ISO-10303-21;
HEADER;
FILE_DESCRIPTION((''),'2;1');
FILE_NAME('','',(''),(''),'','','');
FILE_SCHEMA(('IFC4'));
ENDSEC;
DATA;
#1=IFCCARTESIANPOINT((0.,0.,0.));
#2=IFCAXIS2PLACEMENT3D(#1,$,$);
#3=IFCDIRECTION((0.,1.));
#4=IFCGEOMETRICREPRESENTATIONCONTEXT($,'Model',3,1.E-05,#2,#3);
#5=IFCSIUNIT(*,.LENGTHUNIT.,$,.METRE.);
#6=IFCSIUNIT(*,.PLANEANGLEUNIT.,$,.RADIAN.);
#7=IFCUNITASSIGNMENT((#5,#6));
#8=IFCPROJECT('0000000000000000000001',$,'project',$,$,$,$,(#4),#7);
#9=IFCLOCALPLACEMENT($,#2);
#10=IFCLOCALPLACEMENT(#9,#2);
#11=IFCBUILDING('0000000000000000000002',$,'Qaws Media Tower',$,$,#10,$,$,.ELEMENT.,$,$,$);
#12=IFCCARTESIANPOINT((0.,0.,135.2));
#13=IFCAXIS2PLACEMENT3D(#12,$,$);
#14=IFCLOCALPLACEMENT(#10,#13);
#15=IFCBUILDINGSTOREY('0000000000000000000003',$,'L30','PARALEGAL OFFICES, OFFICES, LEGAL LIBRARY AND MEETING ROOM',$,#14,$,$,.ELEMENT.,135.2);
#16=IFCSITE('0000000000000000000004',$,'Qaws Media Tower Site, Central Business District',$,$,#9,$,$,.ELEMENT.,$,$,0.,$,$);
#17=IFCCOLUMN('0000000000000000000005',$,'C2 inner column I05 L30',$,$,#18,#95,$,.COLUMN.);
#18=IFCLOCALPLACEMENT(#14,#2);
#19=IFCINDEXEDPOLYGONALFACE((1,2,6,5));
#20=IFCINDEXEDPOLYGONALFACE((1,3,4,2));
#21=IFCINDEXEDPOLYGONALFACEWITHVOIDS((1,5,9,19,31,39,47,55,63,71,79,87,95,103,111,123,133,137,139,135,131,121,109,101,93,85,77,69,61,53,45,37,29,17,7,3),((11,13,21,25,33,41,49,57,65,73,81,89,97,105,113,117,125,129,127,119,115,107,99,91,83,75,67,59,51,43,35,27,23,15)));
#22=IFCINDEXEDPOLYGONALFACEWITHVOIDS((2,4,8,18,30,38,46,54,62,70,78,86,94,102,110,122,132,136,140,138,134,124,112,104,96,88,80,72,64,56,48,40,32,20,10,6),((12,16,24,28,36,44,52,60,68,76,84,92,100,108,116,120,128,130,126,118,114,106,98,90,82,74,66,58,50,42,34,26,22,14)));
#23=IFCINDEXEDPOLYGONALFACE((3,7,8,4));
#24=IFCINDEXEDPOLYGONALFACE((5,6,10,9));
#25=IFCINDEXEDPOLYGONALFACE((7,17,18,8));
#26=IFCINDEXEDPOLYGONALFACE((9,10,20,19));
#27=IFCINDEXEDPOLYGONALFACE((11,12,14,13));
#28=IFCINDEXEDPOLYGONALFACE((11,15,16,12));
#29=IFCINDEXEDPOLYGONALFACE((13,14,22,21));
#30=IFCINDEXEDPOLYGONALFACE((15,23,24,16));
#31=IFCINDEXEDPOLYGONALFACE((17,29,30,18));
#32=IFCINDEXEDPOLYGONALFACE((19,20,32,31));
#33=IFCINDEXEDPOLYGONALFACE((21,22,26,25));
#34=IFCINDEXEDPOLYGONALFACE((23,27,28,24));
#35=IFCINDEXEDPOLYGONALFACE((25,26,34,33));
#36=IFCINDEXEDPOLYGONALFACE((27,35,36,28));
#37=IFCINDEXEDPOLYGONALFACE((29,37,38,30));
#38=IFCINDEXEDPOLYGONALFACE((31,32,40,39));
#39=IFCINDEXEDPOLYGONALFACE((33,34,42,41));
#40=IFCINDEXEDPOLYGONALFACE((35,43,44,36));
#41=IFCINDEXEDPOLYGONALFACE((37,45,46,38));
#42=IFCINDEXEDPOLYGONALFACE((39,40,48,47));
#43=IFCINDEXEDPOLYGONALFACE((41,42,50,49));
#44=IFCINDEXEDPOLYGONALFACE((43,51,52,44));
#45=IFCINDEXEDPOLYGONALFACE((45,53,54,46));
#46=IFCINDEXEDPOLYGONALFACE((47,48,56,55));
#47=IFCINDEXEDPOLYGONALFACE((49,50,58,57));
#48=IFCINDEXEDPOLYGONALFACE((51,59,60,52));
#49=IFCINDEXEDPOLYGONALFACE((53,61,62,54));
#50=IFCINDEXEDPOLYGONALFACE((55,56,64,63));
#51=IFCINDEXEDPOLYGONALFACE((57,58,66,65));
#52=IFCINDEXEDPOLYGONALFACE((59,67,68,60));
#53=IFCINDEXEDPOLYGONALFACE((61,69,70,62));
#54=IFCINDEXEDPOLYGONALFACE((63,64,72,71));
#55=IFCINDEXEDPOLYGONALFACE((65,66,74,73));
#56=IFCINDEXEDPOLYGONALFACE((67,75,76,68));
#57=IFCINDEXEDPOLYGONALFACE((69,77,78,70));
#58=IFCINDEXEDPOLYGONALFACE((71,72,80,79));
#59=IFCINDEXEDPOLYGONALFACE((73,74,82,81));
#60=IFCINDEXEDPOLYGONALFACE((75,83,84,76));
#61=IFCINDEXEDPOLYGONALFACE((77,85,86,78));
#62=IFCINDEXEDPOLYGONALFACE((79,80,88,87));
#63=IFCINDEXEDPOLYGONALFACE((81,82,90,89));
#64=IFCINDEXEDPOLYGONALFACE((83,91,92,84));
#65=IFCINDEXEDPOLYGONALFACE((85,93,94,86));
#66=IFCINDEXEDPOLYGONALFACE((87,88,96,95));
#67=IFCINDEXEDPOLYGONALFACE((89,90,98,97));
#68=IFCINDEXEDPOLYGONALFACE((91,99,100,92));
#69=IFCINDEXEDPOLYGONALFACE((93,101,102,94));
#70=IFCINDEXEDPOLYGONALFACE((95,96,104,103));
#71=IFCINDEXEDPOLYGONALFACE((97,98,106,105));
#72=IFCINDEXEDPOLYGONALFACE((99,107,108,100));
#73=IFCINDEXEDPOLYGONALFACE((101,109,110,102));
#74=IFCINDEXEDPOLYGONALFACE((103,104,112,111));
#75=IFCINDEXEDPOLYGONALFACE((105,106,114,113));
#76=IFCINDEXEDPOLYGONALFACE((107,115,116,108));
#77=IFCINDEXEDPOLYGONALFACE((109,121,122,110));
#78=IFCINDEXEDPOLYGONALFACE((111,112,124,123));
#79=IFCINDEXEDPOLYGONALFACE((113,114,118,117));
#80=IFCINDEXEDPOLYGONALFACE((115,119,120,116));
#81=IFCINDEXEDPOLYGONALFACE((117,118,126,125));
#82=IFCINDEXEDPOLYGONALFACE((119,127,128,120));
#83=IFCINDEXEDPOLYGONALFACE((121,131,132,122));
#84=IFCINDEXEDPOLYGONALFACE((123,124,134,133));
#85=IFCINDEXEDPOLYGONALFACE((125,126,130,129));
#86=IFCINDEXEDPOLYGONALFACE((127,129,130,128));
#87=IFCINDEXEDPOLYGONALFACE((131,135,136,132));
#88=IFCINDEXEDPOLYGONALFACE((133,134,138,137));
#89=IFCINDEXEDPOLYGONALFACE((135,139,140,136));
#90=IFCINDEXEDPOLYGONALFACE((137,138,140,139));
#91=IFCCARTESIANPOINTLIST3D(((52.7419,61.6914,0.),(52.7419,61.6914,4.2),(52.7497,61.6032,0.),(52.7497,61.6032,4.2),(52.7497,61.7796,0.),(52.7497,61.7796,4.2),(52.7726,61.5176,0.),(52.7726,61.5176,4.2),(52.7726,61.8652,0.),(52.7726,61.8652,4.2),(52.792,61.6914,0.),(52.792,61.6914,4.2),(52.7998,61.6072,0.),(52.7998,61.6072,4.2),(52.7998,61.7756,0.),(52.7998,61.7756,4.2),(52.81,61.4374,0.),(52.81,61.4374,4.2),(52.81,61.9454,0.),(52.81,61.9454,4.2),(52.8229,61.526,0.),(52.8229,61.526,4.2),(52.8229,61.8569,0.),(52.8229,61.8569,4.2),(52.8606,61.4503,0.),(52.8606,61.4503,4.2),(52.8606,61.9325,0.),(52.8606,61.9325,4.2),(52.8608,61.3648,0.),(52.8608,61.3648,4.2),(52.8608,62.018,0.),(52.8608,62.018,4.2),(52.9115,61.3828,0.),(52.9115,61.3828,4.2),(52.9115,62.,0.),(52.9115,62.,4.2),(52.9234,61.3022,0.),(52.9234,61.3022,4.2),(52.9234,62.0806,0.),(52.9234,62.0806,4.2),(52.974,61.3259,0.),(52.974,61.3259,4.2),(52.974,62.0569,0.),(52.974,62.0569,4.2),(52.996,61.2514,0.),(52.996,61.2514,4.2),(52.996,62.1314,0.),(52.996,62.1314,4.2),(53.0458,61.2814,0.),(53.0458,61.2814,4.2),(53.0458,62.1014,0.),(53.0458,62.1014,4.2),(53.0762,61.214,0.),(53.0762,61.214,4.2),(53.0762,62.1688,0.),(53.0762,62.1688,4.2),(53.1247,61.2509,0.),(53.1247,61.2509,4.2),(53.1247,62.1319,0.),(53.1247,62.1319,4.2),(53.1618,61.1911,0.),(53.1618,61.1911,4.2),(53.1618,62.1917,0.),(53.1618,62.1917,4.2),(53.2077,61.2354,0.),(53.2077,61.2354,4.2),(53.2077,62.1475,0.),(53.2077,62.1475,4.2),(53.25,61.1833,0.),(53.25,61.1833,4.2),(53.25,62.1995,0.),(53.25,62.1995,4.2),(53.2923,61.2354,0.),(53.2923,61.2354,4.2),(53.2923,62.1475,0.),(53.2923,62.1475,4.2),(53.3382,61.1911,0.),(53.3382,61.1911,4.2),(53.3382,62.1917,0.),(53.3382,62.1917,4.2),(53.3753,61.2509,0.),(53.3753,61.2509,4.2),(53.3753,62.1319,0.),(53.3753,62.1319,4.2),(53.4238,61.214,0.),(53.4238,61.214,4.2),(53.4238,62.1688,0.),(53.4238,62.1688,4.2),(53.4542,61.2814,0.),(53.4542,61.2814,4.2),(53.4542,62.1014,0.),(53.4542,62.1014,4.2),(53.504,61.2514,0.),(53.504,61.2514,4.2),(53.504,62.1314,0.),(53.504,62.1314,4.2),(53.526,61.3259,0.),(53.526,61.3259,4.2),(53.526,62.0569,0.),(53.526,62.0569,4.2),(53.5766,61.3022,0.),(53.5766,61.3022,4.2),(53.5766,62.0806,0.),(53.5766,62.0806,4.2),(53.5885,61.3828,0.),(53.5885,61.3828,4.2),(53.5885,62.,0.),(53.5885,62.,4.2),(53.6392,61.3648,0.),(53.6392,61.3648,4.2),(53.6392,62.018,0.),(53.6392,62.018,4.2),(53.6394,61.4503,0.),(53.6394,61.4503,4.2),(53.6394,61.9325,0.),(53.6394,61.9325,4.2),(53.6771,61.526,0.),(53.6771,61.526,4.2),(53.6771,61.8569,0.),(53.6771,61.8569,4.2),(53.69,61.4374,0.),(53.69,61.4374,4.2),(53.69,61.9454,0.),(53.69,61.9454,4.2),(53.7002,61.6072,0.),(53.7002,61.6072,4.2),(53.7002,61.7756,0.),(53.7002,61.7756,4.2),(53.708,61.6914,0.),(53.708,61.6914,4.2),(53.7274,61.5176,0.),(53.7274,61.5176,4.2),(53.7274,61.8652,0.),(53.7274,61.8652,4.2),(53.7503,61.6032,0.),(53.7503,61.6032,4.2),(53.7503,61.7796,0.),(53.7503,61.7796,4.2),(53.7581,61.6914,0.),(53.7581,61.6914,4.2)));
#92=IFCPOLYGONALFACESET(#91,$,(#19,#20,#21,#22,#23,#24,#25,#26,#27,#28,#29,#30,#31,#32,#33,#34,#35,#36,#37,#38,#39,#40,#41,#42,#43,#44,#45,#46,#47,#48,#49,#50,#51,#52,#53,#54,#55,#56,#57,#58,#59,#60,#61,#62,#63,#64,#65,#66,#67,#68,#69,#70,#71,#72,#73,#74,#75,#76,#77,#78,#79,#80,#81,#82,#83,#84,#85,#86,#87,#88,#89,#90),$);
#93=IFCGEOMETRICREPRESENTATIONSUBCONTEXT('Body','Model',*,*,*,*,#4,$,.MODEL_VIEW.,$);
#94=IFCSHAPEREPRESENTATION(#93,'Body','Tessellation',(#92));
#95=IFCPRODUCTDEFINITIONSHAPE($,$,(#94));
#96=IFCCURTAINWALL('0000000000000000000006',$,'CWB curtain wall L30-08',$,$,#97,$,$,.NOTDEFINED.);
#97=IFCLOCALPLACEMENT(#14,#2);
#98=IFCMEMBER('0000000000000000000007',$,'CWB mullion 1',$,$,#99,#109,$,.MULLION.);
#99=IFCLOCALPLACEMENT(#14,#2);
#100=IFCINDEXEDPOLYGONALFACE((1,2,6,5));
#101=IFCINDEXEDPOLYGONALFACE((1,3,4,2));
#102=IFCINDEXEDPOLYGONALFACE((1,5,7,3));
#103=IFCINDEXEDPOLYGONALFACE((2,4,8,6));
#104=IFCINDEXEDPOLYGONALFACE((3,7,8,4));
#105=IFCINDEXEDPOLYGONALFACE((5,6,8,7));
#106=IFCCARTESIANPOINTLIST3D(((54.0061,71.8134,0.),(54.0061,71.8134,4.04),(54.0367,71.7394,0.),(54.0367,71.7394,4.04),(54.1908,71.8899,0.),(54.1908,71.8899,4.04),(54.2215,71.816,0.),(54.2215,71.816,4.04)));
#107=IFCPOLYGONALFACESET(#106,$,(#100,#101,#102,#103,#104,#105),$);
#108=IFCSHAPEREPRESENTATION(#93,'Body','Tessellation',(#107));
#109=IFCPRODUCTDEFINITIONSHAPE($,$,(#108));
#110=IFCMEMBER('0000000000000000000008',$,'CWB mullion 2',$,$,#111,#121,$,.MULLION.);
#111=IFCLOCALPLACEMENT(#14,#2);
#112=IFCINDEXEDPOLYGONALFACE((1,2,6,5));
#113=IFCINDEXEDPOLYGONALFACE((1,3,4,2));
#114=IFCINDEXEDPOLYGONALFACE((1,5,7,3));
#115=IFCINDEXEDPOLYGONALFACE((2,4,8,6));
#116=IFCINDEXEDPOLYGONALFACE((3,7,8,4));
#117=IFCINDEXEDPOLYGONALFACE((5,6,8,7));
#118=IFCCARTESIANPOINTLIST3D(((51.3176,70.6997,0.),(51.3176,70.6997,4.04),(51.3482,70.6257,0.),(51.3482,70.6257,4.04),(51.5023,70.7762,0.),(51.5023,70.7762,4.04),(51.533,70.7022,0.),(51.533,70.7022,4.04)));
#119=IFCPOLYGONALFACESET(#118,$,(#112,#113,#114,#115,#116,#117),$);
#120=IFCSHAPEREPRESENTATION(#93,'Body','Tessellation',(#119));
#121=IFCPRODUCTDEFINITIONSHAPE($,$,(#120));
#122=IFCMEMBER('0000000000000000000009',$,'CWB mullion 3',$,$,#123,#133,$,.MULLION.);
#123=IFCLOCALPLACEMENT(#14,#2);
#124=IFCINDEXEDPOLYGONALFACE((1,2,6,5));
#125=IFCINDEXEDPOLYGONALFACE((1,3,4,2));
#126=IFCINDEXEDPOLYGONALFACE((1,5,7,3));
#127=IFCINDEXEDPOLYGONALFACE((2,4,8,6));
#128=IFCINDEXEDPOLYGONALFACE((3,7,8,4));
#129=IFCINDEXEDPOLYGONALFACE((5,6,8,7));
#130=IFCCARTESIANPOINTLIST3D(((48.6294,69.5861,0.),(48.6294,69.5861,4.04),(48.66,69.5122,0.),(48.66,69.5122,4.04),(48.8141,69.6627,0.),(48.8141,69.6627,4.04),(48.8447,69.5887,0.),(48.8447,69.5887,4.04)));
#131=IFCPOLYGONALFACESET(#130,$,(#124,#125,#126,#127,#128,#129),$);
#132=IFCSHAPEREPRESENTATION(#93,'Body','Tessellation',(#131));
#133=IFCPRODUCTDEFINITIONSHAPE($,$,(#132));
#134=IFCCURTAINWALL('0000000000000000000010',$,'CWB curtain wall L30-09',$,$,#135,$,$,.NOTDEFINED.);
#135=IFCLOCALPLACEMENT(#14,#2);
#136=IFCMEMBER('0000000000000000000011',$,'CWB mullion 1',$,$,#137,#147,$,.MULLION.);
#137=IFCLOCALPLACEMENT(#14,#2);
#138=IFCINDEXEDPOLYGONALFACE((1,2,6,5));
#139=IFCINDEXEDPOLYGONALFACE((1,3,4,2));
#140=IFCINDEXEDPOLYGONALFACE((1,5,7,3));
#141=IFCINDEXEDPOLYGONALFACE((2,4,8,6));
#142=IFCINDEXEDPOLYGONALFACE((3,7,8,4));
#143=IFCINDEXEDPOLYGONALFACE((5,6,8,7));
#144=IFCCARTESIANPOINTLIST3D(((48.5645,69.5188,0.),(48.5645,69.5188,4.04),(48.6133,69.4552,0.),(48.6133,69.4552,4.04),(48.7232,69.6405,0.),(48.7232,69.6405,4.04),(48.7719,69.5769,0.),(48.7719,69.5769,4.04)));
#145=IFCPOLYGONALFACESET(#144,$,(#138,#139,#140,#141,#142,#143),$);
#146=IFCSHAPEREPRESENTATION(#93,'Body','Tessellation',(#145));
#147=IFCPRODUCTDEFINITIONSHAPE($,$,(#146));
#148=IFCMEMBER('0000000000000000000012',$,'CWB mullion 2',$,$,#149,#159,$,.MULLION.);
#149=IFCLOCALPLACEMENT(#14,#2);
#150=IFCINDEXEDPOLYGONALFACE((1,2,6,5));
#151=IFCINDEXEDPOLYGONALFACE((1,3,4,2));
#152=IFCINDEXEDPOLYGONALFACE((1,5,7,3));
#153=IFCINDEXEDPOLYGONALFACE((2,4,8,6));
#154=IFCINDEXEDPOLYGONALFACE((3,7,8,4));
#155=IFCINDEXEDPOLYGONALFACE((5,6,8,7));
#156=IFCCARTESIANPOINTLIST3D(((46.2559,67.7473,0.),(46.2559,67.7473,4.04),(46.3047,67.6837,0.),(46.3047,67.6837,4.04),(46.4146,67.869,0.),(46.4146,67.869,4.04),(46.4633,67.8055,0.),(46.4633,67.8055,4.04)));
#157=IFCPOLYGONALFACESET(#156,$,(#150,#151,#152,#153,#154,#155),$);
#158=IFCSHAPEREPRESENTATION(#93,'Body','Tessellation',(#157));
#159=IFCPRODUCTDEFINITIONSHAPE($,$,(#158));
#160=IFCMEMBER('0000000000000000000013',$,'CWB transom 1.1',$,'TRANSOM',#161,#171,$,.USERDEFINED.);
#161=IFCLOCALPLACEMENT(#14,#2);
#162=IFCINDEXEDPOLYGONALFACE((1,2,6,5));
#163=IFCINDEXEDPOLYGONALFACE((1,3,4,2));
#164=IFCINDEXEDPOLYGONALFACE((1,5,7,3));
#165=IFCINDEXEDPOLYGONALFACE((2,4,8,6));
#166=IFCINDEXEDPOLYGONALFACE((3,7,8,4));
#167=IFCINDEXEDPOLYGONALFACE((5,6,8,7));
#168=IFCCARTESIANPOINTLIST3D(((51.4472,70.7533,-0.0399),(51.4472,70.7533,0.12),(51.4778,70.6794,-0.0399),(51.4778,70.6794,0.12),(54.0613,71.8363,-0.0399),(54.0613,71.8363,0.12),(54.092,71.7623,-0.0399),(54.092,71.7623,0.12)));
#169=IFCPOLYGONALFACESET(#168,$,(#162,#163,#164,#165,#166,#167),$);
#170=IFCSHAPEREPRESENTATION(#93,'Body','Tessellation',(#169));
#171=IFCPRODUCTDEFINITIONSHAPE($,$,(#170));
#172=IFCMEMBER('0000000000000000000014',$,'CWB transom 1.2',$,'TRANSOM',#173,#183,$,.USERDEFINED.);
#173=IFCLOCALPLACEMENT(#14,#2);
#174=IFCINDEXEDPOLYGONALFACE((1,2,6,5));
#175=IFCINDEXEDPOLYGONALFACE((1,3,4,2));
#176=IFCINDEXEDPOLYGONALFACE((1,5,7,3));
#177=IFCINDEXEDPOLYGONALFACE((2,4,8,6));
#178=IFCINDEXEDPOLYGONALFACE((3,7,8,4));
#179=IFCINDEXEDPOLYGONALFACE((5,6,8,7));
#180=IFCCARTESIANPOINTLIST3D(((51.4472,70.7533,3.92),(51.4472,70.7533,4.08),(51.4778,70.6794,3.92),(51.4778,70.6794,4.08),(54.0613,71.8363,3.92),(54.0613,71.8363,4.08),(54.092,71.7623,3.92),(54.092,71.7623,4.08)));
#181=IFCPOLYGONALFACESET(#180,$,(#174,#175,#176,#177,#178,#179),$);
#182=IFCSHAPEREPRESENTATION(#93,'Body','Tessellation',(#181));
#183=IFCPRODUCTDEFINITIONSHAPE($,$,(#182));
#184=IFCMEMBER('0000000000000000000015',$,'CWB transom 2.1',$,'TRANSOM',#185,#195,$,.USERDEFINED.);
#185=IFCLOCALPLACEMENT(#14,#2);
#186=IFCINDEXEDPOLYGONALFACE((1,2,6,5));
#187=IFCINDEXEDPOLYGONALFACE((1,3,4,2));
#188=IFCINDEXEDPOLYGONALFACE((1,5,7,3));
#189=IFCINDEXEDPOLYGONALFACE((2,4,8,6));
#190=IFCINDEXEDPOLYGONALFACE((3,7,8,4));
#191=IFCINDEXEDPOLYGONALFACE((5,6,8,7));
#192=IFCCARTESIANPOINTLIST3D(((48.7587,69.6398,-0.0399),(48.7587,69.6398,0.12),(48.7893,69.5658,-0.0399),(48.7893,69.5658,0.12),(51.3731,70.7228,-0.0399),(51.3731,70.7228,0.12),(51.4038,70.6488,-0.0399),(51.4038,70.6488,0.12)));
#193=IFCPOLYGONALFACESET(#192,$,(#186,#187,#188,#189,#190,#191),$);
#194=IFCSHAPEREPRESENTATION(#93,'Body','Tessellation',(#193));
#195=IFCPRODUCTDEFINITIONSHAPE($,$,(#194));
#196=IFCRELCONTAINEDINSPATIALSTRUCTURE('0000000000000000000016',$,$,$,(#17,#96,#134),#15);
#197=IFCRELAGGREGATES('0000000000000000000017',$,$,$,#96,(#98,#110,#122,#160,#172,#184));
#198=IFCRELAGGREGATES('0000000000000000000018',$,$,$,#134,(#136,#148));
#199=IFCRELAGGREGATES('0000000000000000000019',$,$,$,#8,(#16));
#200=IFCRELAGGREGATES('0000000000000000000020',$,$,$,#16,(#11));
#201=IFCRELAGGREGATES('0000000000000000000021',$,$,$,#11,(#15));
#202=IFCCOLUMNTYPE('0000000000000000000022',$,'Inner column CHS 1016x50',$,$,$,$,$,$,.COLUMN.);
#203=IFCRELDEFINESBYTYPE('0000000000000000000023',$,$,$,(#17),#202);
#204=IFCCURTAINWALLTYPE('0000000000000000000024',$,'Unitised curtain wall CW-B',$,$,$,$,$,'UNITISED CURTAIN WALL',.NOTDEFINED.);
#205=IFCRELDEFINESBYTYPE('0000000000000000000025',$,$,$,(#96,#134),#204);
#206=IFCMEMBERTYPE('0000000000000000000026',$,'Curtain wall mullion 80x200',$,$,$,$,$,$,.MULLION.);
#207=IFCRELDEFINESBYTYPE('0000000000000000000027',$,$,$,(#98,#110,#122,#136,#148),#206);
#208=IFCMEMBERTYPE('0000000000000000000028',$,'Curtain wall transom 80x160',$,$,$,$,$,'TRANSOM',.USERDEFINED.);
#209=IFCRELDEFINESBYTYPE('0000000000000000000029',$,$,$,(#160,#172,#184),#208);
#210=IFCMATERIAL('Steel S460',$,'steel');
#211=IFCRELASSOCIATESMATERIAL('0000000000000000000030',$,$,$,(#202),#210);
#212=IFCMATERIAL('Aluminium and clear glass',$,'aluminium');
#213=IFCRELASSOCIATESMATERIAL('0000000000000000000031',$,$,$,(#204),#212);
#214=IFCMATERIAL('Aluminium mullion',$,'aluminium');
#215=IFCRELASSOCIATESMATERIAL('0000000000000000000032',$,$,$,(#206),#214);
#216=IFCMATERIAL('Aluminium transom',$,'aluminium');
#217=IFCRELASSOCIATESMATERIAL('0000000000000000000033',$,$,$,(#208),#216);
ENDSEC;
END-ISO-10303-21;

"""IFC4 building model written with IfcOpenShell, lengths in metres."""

from ifc_helpers import new_model, si_unit, direction, frame, origin, origin_2d, place, context, subcontext, project, spatial, rectangle, hollow_circle, extrude, material, material_profile, profile_set, type_object, element, aggregate, save


model = new_model("IFC4")

# Units and contexts
model_context = context("Model", 3, precision=1e-05, world=origin(), true_north=direction((0.0, 1.0)))
body_context = subcontext(model_context, "Body", "Model", "MODEL_VIEW")
ifc_project = project(units=[si_unit("LENGTHUNIT", "METRE"), si_unit("PLANEANGLEUNIT", "RADIAN")], contexts=[model_context])

# Site, building, storey
site_placement = place(None, origin())
site = spatial("IfcSite", under=ifc_project, at=site_placement, Name="Qaws Media Tower Site, Central Business District", CompositionType="ELEMENT", RefElevation=0.0)
building_placement = place(site_placement, origin())
building = spatial("IfcBuilding", under=site, at=building_placement, Name="Qaws Media Tower", CompositionType="ELEMENT")
storey_placement = place(building_placement, frame((0.0, 0.0, 135.2)))
storey = spatial("IfcBuildingStorey", under=building, at=storey_placement, Name="L30", Description="PARALEGAL OFFICES, OFFICES, LEGAL LIBRARY AND MEETING ROOM", CompositionType="ELEMENT", Elevation=135.2)

# Column
ifc_material_1 = material(Name="Steel S460", Category="steel")
ifc_material_profile_1 = material_profile(ifc_material_1, hollow_circle(Radius=0.5081, WallThickness=0.05, at=origin_2d()), Name="CHS 1016x50")
ifc_profile_set_1 = profile_set([ifc_material_profile_1], Name="Steel S460")
column_type = type_object("IfcColumnType", Name="Inner column CHS 1016x50", PredefinedType="COLUMN", material=ifc_profile_set_1)
column_placement = place(storey_placement, frame((53.25, 61.6914, 0.0), z_axis=(0.0, 0.0, 1.0), x_axis=(1.0, 0.0, 0.0)))
element("IfcColumn", 1, at=column_placement, inside=storey, type_object=column_type, Name="C2 inner column I05 L30", PredefinedType="COLUMN", context=body_context, shape_type="SweptSolid", body=[
    extrude(hollow_circle(Radius=0.5081, WallThickness=0.05, at=origin_2d()), origin(), (0.0, 0.0, 1.0), 4.2),
])

# Curtain walls, members
ifc_material_2 = material(Name="Aluminium and clear glass", Category="aluminium")
curtain_wall_type = type_object("IfcCurtainWallType", Name="Unitised curtain wall CW-B", ElementType="UNITISED CURTAIN WALL", PredefinedType="NOTDEFINED", material=ifc_material_2)
curtain_wall_1_placement = place(storey_placement, origin())
curtain_wall_1 = element("IfcCurtainWall", 2, at=curtain_wall_1_placement, inside=storey, type_object=curtain_wall_type, Name="CWB curtain wall L30-08", PredefinedType="NOTDEFINED")
ifc_material_3 = material(Name="Aluminium mullion", Category="aluminium")
ifc_material_profile_2 = material_profile(ifc_material_3, rectangle(XDim=0.0801, YDim=0.2, at=origin_2d()), Name="80x200")
ifc_profile_set_2 = profile_set([ifc_material_profile_2], Name="Aluminium mullion")
member_type_1 = type_object("IfcMemberType", Name="Curtain wall mullion 80x200", PredefinedType="MULLION", material=ifc_profile_set_2)
member_1_placement = place(storey_placement, frame((54.1138, 71.8147, 0.0), z_axis=(0.0, 0.0, 1.0), x_axis=(0.382683, -0.92388, 0.0)))
member_1 = element("IfcMember", 3, at=member_1_placement, type_object=member_type_1, Name="CWB mullion 1", PredefinedType="MULLION", context=body_context, shape_type="SweptSolid", body=[
    extrude(rectangle(XDim=0.0801, YDim=0.2, at=origin_2d()), origin(), (0.0, 0.0, 1.0), 4.04),
])
member_2_placement = place(storey_placement, frame((51.4253, 70.7009, 0.0), z_axis=(0.0, 0.0, 1.0), x_axis=(0.382683, -0.92388, 0.0)))
member_2 = element("IfcMember", 4, at=member_2_placement, type_object=member_type_1, Name="CWB mullion 2", PredefinedType="MULLION", context=body_context, shape_type="SweptSolid", body=[
    extrude(rectangle(XDim=0.0801, YDim=0.2, at=origin_2d()), origin(), (0.0, 0.0, 1.0), 4.04),
])
member_3_placement = place(storey_placement, frame((48.7371, 69.5874, 0.0), z_axis=(0.0, 0.0, 1.0), x_axis=(0.382683, -0.92388, 0.0)))
member_3 = element("IfcMember", 5, at=member_3_placement, type_object=member_type_1, Name="CWB mullion 3", PredefinedType="MULLION", context=body_context, shape_type="SweptSolid", body=[
    extrude(rectangle(XDim=0.0801, YDim=0.2, at=origin_2d()), origin(), (0.0, 0.0, 1.0), 4.04),
])
curtain_wall_2_placement = place(storey_placement, origin())
curtain_wall_2 = element("IfcCurtainWall", 6, at=curtain_wall_2_placement, inside=storey, type_object=curtain_wall_type, Name="CWB curtain wall L30-09", PredefinedType="NOTDEFINED")
member_4_placement = place(storey_placement, frame((48.6682, 69.5479, 0.0), z_axis=(0.0, 0.0, 1.0), x_axis=(0.608761, -0.793353, 0.0)))
member_4 = element("IfcMember", 7, at=member_4_placement, type_object=member_type_1, Name="CWB mullion 1", PredefinedType="MULLION", context=body_context, shape_type="SweptSolid", body=[
    extrude(rectangle(XDim=0.0801, YDim=0.2, at=origin_2d()), origin(), (0.0, 0.0, 1.0), 4.04),
])
member_5_placement = place(storey_placement, frame((46.3596, 67.7764, 0.0), z_axis=(0.0, 0.0, 1.0), x_axis=(0.608761, -0.793353, 0.0)))
member_5 = element("IfcMember", 8, at=member_5_placement, type_object=member_type_1, Name="CWB mullion 2", PredefinedType="MULLION", context=body_context, shape_type="SweptSolid", body=[
    extrude(rectangle(XDim=0.0801, YDim=0.2, at=origin_2d()), origin(), (0.0, 0.0, 1.0), 4.04),
])

# Members
ifc_material_4 = material(Name="Aluminium transom", Category="aluminium")
ifc_material_profile_3 = material_profile(ifc_material_4, rectangle(XDim=0.0801, YDim=0.1599, at=origin_2d()), Name="80x160")
ifc_profile_set_3 = profile_set([ifc_material_profile_3], Name="Aluminium transom")
member_type_2 = type_object("IfcMemberType", Name="Curtain wall transom 80x160", ElementType="TRANSOM", PredefinedType="USERDEFINED", material=ifc_profile_set_3)
member_6_placement = place(storey_placement, frame((54.0767, 71.7993, 0.04), z_axis=(-0.923861, -0.382728, 0.0), x_axis=(0.382728, -0.923861, 0.0)))
member_6 = element("IfcMember", 9, at=member_6_placement, type_object=member_type_2, Name="CWB transom 1.1", ObjectType="TRANSOM", PredefinedType="USERDEFINED", context=body_context, shape_type="SweptSolid", body=[
    extrude(rectangle(XDim=0.0801, YDim=0.1599, at=origin_2d()), origin(), (0.0, 0.0, 1.0), 2.8296),
])
member_7_placement = place(storey_placement, frame((54.0767, 71.7993, 4.0), z_axis=(-0.923861, -0.382728, 0.0), x_axis=(0.382728, -0.923861, 0.0)))
member_7 = element("IfcMember", 10, at=member_7_placement, type_object=member_type_2, Name="CWB transom 1.2", ObjectType="TRANSOM", PredefinedType="USERDEFINED", context=body_context, shape_type="SweptSolid", body=[
    extrude(rectangle(XDim=0.0801, YDim=0.1599, at=origin_2d()), origin(), (0.0, 0.0, 1.0), 2.8296),
])
member_8_placement = place(storey_placement, frame((51.3884, 70.6858, 0.04), z_axis=(-0.923874, -0.382697, 0.0), x_axis=(0.382697, -0.923874, 0.0)))
member_8 = element("IfcMember", 11, at=member_8_placement, type_object=member_type_2, Name="CWB transom 2.1", ObjectType="TRANSOM", PredefinedType="USERDEFINED", context=body_context, shape_type="SweptSolid", body=[
    extrude(rectangle(XDim=0.0801, YDim=0.1599, at=origin_2d()), origin(), (0.0, 0.0, 1.0), 2.8298),
])

aggregate(curtain_wall_1, [member_1, member_2, member_3, member_6, member_7, member_8])
aggregate(curtain_wall_2, [member_4, member_5])

save(model, "model.ifc")
